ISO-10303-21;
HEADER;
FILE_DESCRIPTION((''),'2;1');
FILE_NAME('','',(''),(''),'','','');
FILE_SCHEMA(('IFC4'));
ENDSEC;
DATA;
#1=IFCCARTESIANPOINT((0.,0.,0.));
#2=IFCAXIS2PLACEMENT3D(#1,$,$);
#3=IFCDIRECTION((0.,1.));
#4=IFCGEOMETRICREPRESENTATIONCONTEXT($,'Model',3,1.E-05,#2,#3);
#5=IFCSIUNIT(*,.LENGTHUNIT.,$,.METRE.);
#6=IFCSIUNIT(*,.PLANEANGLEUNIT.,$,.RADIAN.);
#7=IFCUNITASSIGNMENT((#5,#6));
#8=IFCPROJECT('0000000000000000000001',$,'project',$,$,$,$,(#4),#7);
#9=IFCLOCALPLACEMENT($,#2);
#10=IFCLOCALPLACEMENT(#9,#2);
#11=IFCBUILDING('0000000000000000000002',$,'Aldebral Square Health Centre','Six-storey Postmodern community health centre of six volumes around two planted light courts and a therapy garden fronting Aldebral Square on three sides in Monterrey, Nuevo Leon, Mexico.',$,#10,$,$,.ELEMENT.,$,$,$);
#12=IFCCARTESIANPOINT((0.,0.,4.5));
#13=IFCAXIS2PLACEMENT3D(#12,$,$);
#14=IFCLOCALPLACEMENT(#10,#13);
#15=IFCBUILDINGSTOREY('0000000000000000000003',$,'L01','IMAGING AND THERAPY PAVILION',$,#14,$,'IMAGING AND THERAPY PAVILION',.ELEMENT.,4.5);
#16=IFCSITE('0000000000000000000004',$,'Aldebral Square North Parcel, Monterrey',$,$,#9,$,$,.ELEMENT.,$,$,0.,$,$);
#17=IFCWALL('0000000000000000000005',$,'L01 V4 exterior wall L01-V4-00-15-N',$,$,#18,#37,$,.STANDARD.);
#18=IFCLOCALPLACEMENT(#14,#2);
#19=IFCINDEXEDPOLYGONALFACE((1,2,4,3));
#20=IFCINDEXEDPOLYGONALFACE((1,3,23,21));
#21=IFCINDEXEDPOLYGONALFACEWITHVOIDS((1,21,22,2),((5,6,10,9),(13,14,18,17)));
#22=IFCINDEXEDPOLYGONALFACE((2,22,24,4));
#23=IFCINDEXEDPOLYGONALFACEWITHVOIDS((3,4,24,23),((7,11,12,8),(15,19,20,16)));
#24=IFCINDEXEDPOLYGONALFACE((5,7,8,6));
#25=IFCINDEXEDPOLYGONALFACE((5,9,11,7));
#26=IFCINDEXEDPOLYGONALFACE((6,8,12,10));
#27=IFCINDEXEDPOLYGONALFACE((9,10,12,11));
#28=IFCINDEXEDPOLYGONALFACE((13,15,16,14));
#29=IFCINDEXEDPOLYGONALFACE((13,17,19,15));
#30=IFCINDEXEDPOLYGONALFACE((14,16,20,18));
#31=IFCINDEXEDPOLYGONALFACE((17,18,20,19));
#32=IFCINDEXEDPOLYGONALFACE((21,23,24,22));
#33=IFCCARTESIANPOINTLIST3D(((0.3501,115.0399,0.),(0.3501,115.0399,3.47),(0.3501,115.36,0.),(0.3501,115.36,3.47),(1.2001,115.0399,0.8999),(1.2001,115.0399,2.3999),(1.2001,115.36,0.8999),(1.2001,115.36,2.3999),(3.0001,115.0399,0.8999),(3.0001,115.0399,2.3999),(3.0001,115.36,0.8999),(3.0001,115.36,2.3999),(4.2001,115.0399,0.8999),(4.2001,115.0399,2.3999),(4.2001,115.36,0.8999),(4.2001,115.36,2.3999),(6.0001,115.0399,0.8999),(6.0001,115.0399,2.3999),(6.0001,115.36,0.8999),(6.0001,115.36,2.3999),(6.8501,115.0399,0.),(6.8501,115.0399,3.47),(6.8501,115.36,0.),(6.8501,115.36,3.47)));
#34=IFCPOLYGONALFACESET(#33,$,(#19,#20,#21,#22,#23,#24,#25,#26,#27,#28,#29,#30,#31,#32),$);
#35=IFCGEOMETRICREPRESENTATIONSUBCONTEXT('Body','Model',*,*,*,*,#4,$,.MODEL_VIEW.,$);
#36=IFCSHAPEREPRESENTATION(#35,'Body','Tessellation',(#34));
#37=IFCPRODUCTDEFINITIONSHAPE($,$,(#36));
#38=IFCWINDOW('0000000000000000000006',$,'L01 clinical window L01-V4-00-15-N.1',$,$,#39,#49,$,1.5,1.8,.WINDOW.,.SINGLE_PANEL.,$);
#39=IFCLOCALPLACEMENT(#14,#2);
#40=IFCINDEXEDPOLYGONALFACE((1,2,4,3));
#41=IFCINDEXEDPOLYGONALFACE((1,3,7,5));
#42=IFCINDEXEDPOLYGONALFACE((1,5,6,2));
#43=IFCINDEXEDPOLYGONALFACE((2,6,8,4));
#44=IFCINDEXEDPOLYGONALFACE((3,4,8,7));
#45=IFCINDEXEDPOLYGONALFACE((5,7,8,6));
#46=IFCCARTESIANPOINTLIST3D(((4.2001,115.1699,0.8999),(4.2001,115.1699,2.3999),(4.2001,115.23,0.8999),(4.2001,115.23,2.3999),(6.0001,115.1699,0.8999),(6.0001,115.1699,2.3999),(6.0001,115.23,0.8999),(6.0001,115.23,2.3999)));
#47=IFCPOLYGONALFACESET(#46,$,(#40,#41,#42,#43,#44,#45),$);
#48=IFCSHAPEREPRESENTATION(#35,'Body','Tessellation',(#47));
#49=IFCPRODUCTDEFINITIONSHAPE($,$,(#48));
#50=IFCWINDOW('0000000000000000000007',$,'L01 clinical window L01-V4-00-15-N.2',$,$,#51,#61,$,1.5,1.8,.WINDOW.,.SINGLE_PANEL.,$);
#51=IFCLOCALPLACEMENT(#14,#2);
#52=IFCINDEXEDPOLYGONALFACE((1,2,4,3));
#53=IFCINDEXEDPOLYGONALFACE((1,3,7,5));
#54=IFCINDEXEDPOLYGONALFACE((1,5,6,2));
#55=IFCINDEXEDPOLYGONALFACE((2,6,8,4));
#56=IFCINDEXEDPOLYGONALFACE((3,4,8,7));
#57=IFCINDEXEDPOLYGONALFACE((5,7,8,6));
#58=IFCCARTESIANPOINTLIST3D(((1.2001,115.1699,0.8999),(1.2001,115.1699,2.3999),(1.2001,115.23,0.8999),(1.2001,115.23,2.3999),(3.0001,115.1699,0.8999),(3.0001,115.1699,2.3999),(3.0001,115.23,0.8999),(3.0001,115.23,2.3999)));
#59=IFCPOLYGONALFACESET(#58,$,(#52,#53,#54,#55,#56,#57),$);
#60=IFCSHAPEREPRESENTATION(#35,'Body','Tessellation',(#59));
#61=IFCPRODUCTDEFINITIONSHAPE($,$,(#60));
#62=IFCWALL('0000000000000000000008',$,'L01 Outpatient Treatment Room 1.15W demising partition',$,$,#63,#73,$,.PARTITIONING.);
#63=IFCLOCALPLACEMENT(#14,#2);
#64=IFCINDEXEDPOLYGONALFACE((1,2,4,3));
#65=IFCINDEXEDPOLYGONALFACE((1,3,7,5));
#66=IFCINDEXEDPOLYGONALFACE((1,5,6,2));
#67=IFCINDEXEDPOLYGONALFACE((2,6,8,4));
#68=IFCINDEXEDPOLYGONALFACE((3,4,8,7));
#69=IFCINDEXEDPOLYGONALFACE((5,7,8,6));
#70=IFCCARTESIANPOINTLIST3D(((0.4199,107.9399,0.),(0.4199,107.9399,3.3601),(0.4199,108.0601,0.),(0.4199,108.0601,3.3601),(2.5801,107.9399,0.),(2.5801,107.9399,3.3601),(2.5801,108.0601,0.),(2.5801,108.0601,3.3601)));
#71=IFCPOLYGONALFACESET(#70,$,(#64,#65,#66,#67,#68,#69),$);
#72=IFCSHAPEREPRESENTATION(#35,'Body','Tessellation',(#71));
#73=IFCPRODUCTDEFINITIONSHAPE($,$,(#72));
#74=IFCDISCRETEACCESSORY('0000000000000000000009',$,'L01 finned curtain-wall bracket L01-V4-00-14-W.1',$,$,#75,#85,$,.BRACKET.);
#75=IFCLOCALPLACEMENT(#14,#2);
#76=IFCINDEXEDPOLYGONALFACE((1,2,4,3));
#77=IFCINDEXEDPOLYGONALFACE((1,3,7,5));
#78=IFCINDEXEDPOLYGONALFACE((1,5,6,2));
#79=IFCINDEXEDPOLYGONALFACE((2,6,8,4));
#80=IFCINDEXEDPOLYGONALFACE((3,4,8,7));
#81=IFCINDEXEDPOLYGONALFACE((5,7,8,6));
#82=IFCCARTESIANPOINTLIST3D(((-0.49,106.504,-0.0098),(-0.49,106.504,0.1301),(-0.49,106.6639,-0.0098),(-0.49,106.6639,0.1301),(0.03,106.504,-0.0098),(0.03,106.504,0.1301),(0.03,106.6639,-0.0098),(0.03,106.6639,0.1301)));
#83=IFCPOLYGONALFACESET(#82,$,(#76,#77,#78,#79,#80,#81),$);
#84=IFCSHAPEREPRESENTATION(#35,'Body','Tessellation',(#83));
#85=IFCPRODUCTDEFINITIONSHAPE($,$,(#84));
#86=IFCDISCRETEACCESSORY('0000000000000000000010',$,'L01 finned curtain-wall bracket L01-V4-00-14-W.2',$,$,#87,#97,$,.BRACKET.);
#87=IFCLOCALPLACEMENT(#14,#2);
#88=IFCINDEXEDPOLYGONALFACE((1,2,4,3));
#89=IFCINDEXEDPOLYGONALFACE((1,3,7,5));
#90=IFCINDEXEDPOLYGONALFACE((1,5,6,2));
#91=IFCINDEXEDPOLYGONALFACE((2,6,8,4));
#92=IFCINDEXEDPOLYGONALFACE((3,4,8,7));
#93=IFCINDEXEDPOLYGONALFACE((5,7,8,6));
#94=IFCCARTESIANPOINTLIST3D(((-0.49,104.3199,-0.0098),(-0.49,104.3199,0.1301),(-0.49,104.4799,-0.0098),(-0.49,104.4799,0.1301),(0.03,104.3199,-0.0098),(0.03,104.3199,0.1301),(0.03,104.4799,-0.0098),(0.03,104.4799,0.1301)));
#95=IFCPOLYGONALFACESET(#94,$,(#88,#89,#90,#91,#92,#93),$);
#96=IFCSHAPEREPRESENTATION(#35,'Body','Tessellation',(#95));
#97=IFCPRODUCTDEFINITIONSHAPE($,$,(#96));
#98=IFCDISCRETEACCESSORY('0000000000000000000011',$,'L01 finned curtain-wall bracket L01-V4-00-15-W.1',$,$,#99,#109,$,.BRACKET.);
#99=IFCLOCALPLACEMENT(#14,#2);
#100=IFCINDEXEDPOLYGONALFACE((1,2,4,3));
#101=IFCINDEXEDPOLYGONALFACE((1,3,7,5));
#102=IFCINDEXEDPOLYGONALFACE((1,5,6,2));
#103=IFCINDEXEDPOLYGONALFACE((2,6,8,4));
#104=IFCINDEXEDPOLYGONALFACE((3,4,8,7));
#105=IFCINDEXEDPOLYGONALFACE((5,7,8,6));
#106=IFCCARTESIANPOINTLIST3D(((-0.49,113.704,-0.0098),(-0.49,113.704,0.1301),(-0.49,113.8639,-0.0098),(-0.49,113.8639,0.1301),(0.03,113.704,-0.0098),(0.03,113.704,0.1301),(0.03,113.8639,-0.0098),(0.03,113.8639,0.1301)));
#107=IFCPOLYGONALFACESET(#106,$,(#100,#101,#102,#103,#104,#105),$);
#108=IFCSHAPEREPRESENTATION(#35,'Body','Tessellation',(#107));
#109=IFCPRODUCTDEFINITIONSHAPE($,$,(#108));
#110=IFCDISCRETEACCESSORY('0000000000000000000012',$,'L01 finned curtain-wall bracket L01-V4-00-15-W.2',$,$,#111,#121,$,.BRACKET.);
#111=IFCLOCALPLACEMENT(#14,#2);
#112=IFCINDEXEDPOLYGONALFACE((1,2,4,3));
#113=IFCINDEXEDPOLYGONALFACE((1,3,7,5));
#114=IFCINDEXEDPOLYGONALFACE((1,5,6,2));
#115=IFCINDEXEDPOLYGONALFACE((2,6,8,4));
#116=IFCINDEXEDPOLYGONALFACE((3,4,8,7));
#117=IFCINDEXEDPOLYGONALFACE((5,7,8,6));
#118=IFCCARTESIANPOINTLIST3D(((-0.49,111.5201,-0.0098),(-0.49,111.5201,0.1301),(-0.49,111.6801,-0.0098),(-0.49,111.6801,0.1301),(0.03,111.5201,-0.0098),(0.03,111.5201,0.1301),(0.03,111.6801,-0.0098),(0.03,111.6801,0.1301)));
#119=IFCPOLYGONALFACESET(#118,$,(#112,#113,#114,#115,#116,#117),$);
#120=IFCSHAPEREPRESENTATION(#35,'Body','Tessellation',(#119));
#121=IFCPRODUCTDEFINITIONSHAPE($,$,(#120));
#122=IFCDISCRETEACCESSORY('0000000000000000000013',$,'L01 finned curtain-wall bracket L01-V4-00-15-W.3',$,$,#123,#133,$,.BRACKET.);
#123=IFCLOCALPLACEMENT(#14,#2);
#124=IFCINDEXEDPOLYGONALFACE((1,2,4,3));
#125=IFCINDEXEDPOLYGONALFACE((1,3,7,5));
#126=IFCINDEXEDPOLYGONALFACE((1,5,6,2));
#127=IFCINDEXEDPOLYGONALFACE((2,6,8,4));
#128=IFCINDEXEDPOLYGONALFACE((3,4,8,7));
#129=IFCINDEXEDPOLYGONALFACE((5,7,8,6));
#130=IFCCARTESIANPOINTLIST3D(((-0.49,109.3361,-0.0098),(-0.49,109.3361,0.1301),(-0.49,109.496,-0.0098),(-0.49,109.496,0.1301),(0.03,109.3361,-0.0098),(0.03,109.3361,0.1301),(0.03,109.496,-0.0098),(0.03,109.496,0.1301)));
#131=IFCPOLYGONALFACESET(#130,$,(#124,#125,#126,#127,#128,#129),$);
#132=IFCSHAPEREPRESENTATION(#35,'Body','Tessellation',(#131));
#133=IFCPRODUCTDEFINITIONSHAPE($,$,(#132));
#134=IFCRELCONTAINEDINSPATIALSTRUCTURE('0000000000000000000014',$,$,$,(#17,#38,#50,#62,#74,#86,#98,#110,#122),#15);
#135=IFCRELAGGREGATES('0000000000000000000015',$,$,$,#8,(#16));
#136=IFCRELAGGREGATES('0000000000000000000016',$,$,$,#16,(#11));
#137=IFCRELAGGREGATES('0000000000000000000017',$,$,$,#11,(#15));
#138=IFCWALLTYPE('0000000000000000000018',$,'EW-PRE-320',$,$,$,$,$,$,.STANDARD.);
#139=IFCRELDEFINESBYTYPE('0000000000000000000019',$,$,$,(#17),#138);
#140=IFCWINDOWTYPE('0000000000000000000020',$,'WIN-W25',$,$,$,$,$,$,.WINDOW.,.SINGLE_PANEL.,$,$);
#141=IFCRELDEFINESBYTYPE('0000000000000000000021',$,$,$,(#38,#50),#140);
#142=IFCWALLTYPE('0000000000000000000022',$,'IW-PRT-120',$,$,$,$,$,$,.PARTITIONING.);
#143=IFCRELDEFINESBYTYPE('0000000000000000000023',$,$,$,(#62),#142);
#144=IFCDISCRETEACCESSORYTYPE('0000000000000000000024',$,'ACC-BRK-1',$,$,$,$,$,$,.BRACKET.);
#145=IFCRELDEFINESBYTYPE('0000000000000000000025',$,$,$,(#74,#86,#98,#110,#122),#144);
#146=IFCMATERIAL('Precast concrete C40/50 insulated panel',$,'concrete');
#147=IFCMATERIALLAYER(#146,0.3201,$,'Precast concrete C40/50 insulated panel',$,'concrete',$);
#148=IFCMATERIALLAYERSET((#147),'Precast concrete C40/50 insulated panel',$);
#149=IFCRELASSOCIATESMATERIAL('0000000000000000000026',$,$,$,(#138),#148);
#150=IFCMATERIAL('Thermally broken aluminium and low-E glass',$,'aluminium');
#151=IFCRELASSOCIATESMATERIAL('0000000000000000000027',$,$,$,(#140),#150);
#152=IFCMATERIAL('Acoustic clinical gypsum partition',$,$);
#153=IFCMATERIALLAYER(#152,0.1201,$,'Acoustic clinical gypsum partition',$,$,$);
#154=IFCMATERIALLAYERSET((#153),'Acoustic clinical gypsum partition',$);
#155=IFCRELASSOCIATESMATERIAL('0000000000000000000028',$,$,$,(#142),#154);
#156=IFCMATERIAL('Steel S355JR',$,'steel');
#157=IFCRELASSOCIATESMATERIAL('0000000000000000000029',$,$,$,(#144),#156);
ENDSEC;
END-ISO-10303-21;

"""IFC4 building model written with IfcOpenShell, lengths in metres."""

from ifc_helpers import new_model, si_unit, direction, frame, frame_2d, origin, origin_2d, place, context, subcontext, project, spatial, rectangle, extrude, material, layer, layer_set, type_object, element, fill, save


model = new_model("IFC4")

# Units and contexts
model_context = context("Model", 3, precision=1e-05, world=origin(), true_north=direction((0.0, 1.0)))
body_context = subcontext(model_context, "Body", "Model", "MODEL_VIEW")
ifc_project = project(units=[si_unit("LENGTHUNIT", "METRE"), si_unit("PLANEANGLEUNIT", "RADIAN")], contexts=[model_context])

# Site, building, storey
site_placement = place(None, origin())
site = spatial("IfcSite", under=ifc_project, at=site_placement, Name="Aldebral Square North Parcel, Monterrey", CompositionType="ELEMENT", RefElevation=0.0)
building_placement = place(site_placement, origin())
building = spatial("IfcBuilding", under=site, at=building_placement, Name="Aldebral Square Health Centre", Description="Six-storey Postmodern community health centre of six volumes around two planted light courts and a therapy garden fronting Aldebral Square on three sides in Monterrey, Nuevo Leon, Mexico.", CompositionType="ELEMENT")
storey_placement = place(building_placement, frame((0.0, 0.0, 4.5)))
storey = spatial("IfcBuildingStorey", under=building, at=storey_placement, Name="L01", Description="IMAGING AND THERAPY PAVILION", LongName="IMAGING AND THERAPY PAVILION", CompositionType="ELEMENT", Elevation=4.5)

# Wall, openings, windows
ifc_material_1 = material(Name="Precast concrete C40/50 insulated panel", Category="concrete")
ifc_layer_1 = layer(ifc_material_1, 0.3201, Name="Precast concrete C40/50 insulated panel", Category="concrete")
ifc_layer_set_1 = layer_set([ifc_layer_1], Name="Precast concrete C40/50 insulated panel")
wall_type_1 = type_object("IfcWallType", Name="EW-PRE-320", PredefinedType="STANDARD", material=ifc_layer_set_1)
wall_1_placement = place(storey_placement, frame((6.8501, 115.2, 0.0), z_axis=(0.0, 0.0, 1.0), x_axis=(-1.0, 0.0, 0.0)))
wall_1 = element("IfcWall", 1, at=wall_1_placement, inside=storey, type_object=wall_type_1, Name="L01 V4 exterior wall L01-V4-00-15-N", PredefinedType="STANDARD", context=body_context, shape_type="SweptSolid", body=[
    extrude(rectangle(XDim=6.5, YDim=0.3201, at=frame_2d((3.25, 0.0))), origin(), (0.0, 0.0, 1.0), 3.47),
])
opening_1_placement = place(wall_1_placement, frame((0.8501, 0.0, 0.8999)))
opening_1 = element("IfcOpeningElement", 2, at=opening_1_placement, cuts=wall_1, PredefinedType="OPENING", context=body_context, shape_type="SweptSolid", body=[
    extrude(rectangle(XDim=1.8, YDim=1.5, at=frame_2d((0.8999, 0.75))), frame((0.0, 0.1699, 0.0), z_axis=(0.0, -1.0, 0.0), x_axis=(1.0, 0.0, 0.0)), (0.0, 0.0, 1.0), 0.3401),
])
opening_2_placement = place(wall_1_placement, frame((3.8501, 0.0, 0.8999)))
opening_2 = element("IfcOpeningElement", 3, at=opening_2_placement, cuts=wall_1, PredefinedType="OPENING", context=body_context, shape_type="SweptSolid", body=[
    extrude(rectangle(XDim=1.8, YDim=1.5, at=frame_2d((0.8999, 0.75))), frame((0.0, 0.1699, 0.0), z_axis=(0.0, -1.0, 0.0), x_axis=(1.0, 0.0, 0.0)), (0.0, 0.0, 1.0), 0.3401),
])
ifc_material_2 = material(Name="Thermally broken aluminium and low-E glass", Category="aluminium")
window_type = type_object("IfcWindowType", Name="WIN-W25", PartitioningType="SINGLE_PANEL", PredefinedType="WINDOW", material=ifc_material_2)
window_1_placement = place(opening_1_placement, origin())
window_1 = element("IfcWindow", 4, at=window_1_placement, inside=storey, type_object=window_type, Name="L01 clinical window L01-V4-00-15-N.1", OverallHeight=1.5, OverallWidth=1.8, PartitioningType="SINGLE_PANEL", PredefinedType="WINDOW", context=body_context, shape_type="SweptSolid", body=[
    extrude(rectangle(XDim=1.8, YDim=1.5, at=frame_2d((0.8999, 0.75))), frame((0.0, 0.03, 0.0), z_axis=(0.0, -1.0, 0.0), x_axis=(1.0, 0.0, 0.0)), (0.0, 0.0, 1.0), 0.0601),
])
fill(opening_1, window_1)
window_2_placement = place(opening_2_placement, origin())
window_2 = element("IfcWindow", 5, at=window_2_placement, inside=storey, type_object=window_type, Name="L01 clinical window L01-V4-00-15-N.2", OverallHeight=1.5, OverallWidth=1.8, PartitioningType="SINGLE_PANEL", PredefinedType="WINDOW", context=body_context, shape_type="SweptSolid", body=[
    extrude(rectangle(XDim=1.8, YDim=1.5, at=frame_2d((0.8999, 0.75))), frame((0.0, 0.03, 0.0), z_axis=(0.0, -1.0, 0.0), x_axis=(1.0, 0.0, 0.0)), (0.0, 0.0, 1.0), 0.0601),
])
fill(opening_2, window_2)

# Wall
ifc_material_3 = material(Name="Acoustic clinical gypsum partition")
ifc_layer_2 = layer(ifc_material_3, 0.1201, Name="Acoustic clinical gypsum partition")
ifc_layer_set_2 = layer_set([ifc_layer_2], Name="Acoustic clinical gypsum partition")
wall_type_2 = type_object("IfcWallType", Name="IW-PRT-120", PredefinedType="PARTITIONING", material=ifc_layer_set_2)
wall_2_placement = place(storey_placement, frame((0.4199, 108.0, 0.0), z_axis=(0.0, 0.0, 1.0), x_axis=(1.0, 0.0, 0.0)))
element("IfcWall", 6, at=wall_2_placement, inside=storey, type_object=wall_type_2, Name="L01 Outpatient Treatment Room 1.15W demising partition", PredefinedType="PARTITIONING", context=body_context, shape_type="SweptSolid", body=[
    extrude(rectangle(XDim=2.1602, YDim=0.1201, at=frame_2d((1.0801, 0.0))), origin(), (0.0, 0.0, 1.0), 3.3601),
])

# Discrete accessories
ifc_material_4 = material(Name="Steel S355JR", Category="steel")
discrete_accessory_type = type_object("IfcDiscreteAccessoryType", Name="ACC-BRK-1", PredefinedType="BRACKET", material=ifc_material_4)
for number, where, z_axis, x_axis, name in (
    (7, (-0.23, 106.584, -0.0098), (0.0, 0.0, 1.0), (0.0, 1.0, 0.0), "L01 finned curtain-wall bracket L01-V4-00-14-W.1"),
    (8, (-0.23, 104.3999, -0.0098), (0.0, 0.0, 1.0), (0.0, 1.0, 0.0), "L01 finned curtain-wall bracket L01-V4-00-14-W.2"),
    (9, (-0.23, 113.7839, -0.0098), (0.0, 0.0, 1.0), (0.0, 1.0, 0.0), "L01 finned curtain-wall bracket L01-V4-00-15-W.1"),
    (10, (-0.23, 111.6001, -0.0098), (0.0, 0.0, 1.0), (0.0, 1.0, 0.0), "L01 finned curtain-wall bracket L01-V4-00-15-W.2"),
    (11, (-0.23, 109.416, -0.0098), (0.0, 0.0, 1.0), (0.0, 1.0, 0.0), "L01 finned curtain-wall bracket L01-V4-00-15-W.3"),
):
    element("IfcDiscreteAccessory", number, at=place(storey_placement, frame(where, z_axis=z_axis, x_axis=x_axis)), inside=storey, type_object=discrete_accessory_type, Name=name, PredefinedType="BRACKET", context=body_context, shape_type="SweptSolid", body=[
        extrude(rectangle(XDim=0.1599, YDim=0.52, at=origin_2d()), origin(), (0.0, 0.0, 1.0), 0.1399),
    ])

save(model, "model.ifc")
